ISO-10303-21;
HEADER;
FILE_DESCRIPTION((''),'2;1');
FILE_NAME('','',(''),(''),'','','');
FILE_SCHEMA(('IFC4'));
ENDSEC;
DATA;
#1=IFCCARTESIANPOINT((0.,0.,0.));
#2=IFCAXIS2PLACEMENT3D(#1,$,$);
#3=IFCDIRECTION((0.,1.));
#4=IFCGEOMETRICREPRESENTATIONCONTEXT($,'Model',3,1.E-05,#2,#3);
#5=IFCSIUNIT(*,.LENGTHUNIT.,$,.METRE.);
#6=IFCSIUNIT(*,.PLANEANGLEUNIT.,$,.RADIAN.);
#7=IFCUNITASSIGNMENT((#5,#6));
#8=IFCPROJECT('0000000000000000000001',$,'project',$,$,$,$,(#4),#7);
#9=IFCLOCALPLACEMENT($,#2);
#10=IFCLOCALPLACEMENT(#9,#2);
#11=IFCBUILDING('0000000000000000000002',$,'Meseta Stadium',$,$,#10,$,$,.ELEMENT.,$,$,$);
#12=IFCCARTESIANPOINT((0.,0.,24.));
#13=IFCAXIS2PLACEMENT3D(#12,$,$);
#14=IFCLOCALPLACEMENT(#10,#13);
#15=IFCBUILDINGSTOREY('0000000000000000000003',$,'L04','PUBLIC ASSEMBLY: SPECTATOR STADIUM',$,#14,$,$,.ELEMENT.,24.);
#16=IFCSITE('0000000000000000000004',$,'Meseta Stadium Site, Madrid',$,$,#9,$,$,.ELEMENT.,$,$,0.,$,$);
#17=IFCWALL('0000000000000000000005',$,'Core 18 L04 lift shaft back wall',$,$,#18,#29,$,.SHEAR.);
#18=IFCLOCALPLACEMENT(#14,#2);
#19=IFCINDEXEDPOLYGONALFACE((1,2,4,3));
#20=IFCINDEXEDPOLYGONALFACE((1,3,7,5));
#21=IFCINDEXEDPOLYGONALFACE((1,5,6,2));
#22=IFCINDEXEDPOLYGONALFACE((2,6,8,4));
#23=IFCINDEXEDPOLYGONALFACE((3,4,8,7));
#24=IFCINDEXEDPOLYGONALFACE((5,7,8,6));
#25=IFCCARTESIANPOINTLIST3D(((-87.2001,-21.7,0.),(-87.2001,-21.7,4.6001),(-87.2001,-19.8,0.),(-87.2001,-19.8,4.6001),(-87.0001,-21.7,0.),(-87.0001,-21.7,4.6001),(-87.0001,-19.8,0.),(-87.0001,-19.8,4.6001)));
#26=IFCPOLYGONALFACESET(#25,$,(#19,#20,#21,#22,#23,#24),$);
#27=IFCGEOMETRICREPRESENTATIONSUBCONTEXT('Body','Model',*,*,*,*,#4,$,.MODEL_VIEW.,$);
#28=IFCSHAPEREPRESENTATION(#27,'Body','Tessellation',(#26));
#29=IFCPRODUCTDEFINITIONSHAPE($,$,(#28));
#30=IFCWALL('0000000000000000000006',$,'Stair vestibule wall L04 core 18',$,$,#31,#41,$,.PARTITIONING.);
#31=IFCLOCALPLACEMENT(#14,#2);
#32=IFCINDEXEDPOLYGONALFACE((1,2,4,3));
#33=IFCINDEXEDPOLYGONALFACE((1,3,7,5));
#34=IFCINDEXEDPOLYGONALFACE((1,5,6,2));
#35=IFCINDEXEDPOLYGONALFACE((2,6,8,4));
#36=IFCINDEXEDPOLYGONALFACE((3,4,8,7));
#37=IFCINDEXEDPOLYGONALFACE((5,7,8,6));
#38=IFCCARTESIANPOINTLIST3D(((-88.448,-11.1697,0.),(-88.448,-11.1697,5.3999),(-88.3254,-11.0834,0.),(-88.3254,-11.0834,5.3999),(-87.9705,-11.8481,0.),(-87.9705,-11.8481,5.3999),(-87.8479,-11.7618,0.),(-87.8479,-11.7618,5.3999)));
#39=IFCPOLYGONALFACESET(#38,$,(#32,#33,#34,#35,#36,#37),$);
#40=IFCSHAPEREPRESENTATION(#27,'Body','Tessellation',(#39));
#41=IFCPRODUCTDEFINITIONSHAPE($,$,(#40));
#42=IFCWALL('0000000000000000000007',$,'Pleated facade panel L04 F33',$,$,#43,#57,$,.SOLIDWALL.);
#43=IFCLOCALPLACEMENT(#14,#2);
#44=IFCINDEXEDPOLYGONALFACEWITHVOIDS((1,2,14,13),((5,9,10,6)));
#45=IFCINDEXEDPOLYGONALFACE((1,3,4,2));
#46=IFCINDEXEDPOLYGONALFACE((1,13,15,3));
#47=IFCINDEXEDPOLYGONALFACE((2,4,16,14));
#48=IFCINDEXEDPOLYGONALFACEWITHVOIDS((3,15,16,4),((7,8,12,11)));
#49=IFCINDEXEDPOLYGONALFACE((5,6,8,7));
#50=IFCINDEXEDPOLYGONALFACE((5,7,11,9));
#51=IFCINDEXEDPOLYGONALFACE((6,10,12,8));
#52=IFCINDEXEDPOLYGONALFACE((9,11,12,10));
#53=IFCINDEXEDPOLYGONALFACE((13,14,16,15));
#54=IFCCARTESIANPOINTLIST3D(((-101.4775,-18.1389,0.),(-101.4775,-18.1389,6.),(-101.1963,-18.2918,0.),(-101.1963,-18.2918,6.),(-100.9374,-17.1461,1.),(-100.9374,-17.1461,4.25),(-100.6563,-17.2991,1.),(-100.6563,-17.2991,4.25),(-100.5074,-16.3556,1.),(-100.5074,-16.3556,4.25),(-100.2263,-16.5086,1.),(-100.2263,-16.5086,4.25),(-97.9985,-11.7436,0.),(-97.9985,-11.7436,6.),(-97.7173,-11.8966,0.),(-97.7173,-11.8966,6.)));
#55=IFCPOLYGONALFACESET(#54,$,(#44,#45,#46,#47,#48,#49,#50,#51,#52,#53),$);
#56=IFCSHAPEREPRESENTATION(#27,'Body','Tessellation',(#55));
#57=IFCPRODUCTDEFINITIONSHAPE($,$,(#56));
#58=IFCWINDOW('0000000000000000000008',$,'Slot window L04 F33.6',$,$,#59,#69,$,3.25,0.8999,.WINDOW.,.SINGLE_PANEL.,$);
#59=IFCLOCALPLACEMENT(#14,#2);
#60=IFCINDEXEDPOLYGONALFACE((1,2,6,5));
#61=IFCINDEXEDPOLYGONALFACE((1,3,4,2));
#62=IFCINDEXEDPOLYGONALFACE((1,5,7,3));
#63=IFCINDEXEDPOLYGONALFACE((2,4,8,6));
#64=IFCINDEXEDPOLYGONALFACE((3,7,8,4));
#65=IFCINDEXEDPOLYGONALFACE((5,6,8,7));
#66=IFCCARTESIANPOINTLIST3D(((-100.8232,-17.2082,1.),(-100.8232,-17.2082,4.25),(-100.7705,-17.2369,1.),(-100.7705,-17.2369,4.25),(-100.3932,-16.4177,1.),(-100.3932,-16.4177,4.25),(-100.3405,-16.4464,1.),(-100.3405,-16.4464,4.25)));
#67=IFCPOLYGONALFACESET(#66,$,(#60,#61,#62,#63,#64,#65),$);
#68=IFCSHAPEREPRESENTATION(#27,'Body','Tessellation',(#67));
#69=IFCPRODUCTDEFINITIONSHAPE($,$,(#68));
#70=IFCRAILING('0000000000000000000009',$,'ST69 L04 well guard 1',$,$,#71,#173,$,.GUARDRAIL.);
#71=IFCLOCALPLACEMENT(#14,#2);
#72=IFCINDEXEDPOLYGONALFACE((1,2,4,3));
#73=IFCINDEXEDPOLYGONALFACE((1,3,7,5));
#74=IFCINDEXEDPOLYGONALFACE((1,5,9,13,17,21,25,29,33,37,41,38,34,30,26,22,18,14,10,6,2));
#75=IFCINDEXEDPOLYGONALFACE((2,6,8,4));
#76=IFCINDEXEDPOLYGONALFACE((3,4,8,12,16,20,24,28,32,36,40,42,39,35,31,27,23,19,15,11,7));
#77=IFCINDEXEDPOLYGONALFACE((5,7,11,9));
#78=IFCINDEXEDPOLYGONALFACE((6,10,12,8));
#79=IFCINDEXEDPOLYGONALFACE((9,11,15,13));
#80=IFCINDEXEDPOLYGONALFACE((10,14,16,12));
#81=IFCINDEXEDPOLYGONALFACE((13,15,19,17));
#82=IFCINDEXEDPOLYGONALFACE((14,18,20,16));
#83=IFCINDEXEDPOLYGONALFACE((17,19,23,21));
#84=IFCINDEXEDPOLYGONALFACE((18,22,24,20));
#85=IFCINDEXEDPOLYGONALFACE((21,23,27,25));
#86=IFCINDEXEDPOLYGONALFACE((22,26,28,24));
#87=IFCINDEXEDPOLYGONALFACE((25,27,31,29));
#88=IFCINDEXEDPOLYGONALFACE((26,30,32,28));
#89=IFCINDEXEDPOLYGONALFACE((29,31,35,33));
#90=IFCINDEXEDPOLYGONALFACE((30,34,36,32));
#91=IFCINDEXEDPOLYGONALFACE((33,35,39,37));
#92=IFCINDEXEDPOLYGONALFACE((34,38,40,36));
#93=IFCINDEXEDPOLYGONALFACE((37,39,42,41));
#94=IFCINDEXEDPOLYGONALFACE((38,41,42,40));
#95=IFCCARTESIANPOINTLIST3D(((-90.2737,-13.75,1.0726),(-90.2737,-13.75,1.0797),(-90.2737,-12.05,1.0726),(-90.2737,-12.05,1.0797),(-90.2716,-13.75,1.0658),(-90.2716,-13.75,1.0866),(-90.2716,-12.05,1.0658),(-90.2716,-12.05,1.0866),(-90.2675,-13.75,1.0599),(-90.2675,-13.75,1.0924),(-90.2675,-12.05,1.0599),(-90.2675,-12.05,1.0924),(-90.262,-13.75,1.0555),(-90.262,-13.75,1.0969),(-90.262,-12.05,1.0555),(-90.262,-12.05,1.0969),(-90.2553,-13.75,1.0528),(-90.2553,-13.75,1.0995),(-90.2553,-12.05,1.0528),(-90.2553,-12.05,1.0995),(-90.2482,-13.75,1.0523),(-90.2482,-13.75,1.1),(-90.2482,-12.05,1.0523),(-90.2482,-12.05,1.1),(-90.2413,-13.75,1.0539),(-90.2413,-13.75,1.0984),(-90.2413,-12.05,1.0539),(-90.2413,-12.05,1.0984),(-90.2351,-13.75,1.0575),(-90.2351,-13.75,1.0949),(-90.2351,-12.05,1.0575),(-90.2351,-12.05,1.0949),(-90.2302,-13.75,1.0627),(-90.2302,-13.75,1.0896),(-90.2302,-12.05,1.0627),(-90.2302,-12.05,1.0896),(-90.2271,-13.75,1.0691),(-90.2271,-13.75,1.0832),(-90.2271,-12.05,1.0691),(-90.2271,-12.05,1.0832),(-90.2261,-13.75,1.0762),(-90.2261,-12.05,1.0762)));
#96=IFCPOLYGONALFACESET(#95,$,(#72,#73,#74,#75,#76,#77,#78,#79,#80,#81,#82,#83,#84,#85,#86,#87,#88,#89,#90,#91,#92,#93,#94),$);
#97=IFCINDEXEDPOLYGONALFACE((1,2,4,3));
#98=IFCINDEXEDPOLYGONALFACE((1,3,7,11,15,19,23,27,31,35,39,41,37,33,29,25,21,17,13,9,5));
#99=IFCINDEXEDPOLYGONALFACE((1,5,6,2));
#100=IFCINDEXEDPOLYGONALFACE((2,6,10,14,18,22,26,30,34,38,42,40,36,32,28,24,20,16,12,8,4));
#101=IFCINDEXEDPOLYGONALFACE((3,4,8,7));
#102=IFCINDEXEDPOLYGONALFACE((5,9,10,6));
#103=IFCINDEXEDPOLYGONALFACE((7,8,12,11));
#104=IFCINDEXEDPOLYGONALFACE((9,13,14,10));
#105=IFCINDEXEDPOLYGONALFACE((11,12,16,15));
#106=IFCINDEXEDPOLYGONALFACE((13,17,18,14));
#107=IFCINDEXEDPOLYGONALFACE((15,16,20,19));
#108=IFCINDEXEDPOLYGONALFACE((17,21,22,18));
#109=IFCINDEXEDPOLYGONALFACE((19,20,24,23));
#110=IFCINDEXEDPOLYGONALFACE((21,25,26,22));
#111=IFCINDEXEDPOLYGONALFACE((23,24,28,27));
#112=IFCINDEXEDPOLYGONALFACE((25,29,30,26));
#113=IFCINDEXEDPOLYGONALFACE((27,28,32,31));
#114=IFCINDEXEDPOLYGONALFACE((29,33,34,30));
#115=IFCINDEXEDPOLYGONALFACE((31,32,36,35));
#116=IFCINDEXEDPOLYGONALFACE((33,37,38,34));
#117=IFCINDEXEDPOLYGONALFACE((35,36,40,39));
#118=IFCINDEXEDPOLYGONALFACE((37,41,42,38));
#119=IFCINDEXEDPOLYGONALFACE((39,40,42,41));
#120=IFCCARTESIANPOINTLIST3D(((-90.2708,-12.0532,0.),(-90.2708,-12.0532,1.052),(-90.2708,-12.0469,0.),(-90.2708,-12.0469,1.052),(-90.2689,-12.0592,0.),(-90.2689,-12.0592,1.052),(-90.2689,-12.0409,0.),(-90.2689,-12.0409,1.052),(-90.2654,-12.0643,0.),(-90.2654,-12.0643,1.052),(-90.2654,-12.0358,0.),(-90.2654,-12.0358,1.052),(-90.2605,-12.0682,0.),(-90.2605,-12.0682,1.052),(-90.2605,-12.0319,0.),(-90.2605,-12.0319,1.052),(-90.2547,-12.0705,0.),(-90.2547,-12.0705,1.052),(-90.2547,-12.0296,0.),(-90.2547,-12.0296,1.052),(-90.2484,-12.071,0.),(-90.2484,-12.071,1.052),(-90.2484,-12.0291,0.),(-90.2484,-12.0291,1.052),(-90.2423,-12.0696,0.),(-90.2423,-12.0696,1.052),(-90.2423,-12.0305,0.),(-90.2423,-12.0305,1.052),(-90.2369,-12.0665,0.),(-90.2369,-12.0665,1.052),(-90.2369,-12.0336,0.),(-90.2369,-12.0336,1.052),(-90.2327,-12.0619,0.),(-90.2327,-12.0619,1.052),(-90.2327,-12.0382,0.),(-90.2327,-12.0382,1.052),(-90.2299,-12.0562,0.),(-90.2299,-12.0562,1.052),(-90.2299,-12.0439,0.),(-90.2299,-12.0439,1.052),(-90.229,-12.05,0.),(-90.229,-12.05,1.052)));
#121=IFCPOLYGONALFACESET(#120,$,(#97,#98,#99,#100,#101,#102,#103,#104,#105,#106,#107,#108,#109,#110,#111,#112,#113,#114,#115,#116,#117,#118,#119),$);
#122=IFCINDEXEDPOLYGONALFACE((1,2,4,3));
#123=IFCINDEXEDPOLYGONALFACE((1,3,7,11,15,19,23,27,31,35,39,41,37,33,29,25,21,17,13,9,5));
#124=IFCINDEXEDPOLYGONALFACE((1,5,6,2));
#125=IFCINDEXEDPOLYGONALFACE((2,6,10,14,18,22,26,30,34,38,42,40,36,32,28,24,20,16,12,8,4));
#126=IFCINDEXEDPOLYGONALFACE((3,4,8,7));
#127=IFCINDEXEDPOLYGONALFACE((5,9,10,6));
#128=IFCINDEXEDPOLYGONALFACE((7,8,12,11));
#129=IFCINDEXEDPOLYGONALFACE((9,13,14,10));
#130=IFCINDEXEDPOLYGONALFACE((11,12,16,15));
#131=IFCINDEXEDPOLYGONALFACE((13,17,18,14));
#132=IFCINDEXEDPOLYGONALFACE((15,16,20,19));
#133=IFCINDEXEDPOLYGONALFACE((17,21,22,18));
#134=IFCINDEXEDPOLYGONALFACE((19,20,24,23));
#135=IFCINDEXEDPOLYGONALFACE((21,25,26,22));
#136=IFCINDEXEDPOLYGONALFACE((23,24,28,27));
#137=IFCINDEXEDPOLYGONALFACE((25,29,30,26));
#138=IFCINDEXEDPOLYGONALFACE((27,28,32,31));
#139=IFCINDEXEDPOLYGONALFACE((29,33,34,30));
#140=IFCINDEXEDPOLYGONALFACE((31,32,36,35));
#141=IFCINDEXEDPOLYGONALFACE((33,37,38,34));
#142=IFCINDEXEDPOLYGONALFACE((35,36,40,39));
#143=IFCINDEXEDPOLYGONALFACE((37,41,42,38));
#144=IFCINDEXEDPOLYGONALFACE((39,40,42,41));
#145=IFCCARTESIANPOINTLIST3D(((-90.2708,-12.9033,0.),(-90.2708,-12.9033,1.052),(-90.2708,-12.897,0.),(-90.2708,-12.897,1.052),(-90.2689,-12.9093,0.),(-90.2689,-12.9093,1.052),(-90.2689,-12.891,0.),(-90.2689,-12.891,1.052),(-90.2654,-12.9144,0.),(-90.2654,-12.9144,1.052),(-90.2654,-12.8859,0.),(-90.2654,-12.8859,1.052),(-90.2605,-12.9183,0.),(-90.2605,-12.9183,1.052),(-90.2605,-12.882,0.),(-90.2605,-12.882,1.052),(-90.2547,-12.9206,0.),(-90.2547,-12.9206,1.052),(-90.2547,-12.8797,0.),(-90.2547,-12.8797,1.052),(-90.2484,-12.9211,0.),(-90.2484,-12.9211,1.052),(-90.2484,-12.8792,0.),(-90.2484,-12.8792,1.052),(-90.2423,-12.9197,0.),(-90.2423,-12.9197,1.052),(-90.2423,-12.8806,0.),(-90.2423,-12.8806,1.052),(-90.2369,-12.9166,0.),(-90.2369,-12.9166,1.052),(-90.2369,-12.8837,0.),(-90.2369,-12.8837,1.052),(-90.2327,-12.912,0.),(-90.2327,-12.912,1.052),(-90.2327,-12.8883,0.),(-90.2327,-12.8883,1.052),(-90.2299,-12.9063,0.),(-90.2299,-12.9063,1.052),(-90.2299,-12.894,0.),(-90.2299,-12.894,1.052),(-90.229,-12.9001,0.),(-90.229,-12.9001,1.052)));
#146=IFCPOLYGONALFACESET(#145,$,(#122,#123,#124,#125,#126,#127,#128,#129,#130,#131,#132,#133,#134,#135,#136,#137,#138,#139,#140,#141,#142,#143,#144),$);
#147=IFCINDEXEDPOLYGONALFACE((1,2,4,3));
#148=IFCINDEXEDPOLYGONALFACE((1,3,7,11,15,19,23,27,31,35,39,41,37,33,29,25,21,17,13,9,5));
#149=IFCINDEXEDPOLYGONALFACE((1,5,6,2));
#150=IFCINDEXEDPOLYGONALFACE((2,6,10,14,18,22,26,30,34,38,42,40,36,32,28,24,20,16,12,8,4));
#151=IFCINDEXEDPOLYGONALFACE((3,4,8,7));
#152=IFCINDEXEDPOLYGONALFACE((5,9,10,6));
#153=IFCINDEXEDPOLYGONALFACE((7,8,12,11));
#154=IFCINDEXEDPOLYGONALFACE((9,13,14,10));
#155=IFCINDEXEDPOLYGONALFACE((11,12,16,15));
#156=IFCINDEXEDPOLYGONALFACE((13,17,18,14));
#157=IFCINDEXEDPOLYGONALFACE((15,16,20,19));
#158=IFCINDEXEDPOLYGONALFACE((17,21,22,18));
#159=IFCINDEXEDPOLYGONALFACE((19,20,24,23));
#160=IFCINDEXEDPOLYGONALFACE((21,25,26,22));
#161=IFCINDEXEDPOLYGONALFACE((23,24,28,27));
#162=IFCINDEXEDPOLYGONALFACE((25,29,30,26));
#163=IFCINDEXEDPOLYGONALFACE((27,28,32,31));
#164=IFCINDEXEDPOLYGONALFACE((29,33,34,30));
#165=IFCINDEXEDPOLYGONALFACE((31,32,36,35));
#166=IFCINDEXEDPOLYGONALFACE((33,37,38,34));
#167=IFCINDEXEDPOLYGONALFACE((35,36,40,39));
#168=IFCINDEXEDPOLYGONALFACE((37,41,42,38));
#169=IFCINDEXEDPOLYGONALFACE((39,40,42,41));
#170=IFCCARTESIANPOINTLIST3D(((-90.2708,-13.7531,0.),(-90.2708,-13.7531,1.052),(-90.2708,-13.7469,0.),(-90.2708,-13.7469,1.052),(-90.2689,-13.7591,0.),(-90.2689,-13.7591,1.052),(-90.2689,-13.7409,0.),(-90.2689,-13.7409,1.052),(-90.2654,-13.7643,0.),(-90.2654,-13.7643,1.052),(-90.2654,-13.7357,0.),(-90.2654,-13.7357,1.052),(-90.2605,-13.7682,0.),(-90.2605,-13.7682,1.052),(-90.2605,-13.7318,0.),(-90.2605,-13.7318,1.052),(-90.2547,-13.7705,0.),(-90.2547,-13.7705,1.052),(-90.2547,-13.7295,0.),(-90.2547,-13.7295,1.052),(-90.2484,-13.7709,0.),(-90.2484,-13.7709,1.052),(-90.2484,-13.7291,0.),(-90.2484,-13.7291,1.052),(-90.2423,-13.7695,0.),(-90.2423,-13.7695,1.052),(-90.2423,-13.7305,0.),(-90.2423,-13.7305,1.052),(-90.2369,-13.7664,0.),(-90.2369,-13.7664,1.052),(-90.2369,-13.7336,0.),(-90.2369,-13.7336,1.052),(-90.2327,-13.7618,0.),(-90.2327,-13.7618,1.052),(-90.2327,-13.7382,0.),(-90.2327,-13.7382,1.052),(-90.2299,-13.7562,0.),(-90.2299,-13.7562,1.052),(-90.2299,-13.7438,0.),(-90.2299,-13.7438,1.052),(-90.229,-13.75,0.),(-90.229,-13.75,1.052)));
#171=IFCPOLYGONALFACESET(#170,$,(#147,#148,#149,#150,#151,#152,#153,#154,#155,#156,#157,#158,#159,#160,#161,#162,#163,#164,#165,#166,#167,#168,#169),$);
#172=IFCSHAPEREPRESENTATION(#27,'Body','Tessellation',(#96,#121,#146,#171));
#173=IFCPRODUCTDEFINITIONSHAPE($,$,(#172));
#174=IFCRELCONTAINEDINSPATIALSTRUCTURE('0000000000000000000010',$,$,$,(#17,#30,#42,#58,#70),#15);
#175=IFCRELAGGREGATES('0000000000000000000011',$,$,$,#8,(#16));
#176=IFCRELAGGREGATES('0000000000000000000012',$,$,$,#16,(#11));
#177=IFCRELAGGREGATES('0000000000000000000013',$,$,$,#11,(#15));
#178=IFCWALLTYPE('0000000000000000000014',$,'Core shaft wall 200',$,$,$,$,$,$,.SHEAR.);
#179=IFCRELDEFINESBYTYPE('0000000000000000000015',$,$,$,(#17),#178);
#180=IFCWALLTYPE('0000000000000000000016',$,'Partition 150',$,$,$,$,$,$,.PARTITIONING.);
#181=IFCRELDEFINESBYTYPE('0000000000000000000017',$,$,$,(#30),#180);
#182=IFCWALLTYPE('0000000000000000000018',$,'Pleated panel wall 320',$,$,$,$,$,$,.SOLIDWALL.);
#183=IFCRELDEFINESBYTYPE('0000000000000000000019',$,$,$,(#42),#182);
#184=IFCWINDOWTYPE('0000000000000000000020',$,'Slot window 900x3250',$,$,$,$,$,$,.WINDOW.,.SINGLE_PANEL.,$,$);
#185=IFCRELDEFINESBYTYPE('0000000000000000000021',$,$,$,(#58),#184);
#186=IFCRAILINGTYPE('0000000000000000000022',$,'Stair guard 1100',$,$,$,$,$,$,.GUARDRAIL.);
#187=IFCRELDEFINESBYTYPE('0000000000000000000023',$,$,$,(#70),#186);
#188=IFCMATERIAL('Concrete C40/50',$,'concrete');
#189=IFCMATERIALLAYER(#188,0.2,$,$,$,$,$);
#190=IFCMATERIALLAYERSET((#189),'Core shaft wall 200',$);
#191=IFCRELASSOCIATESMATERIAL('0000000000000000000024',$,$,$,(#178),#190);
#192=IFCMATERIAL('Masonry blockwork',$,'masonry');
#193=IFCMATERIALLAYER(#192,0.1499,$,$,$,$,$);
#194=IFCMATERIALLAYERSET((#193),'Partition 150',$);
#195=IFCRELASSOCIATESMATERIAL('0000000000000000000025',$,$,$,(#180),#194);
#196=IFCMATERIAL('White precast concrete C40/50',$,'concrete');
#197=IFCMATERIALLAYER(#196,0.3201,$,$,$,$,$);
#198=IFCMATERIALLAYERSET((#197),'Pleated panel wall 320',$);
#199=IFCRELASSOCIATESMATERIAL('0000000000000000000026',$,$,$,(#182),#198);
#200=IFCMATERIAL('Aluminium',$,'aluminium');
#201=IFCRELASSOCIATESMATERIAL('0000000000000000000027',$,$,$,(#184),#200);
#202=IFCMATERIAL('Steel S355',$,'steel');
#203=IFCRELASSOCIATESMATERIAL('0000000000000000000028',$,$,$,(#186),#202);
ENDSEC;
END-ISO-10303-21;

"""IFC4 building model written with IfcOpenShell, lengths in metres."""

from ifc_helpers import new_model, si_unit, direction, frame, frame_2d, origin, origin_2d, place, context, subcontext, project, spatial, rectangle, circle, extrude, material, layer, layer_set, type_object, element, fill, save


model = new_model("IFC4")

# Units and contexts
model_context = context("Model", 3, precision=1e-05, world=origin(), true_north=direction((0.0, 1.0)))
body_context = subcontext(model_context, "Body", "Model", "MODEL_VIEW")
ifc_project = project(units=[si_unit("LENGTHUNIT", "METRE"), si_unit("PLANEANGLEUNIT", "RADIAN")], contexts=[model_context])

# Site, building, storey
site_placement = place(None, origin())
site = spatial("IfcSite", under=ifc_project, at=site_placement, Name="Meseta Stadium Site, Madrid", CompositionType="ELEMENT", RefElevation=0.0)
building_placement = place(site_placement, origin())
building = spatial("IfcBuilding", under=site, at=building_placement, Name="Meseta Stadium", CompositionType="ELEMENT")
storey_placement = place(building_placement, frame((0.0, 0.0, 24.0)))
storey = spatial("IfcBuildingStorey", under=building, at=storey_placement, Name="L04", Description="PUBLIC ASSEMBLY: SPECTATOR STADIUM", CompositionType="ELEMENT", Elevation=24.0)

# Shared definitions
ifc_material_1 = material(Name="Concrete C40/50", Category="concrete")
ifc_layer_1 = layer(ifc_material_1, 0.2)
ifc_layer_set_1 = layer_set([ifc_layer_1], Name="Core shaft wall 200")
wall_type_1 = type_object("IfcWallType", Name="Core shaft wall 200", PredefinedType="SHEAR", material=ifc_layer_set_1)

# Walls
wall_1_placement = place(storey_placement, frame((-87.1001, -19.8, 0.0), z_axis=(0.0, 0.0, 1.0), x_axis=(0.0, -1.0, 0.0)))
element("IfcWall", 1, at=wall_1_placement, inside=storey, type_object=wall_type_1, Name="Core 18 L04 lift shaft back wall", PredefinedType="SHEAR", context=body_context, shape_type="SweptSolid", body=[
    extrude(rectangle(XDim=1.8999, YDim=0.2, at=frame_2d((0.95, 0.0))), origin(), (0.0, 0.0, 1.0), 4.6001),
])
ifc_material_2 = material(Name="Masonry blockwork", Category="masonry")
ifc_layer_2 = layer(ifc_material_2, 0.1499)
ifc_layer_set_2 = layer_set([ifc_layer_2], Name="Partition 150")
wall_type_2 = type_object("IfcWallType", Name="Partition 150", PredefinedType="PARTITIONING", material=ifc_layer_set_2)
wall_2_placement = place(storey_placement, frame((-87.9092, -11.8049, 0.0), z_axis=(0.0, 0.0, 1.0), x_axis=(-0.575574, 0.81775, 0.0)))
element("IfcWall", 2, at=wall_2_placement, inside=storey, type_object=wall_type_2, Name="Stair vestibule wall L04 core 18", PredefinedType="PARTITIONING", context=body_context, shape_type="SweptSolid", body=[
    extrude(rectangle(XDim=0.8296, YDim=0.1499, at=frame_2d((0.4148, 0.0))), origin(), (0.0, 0.0, 1.0), 5.3999),
])

# Wall, opening, window
ifc_material_3 = material(Name="White precast concrete C40/50", Category="concrete")
ifc_layer_3 = layer(ifc_material_3, 0.3201)
ifc_layer_set_3 = layer_set([ifc_layer_3], Name="Pleated panel wall 320")
wall_type_3 = type_object("IfcWallType", Name="Pleated panel wall 320", PredefinedType="SOLIDWALL", material=ifc_layer_set_3)
wall_3_placement = place(storey_placement, frame((-101.3369, -18.2153, 0.0), z_axis=(0.0, 0.0, 1.0), x_axis=(0.477865, 0.878433, 0.0)))
wall_3 = element("IfcWall", 3, at=wall_3_placement, inside=storey, type_object=wall_type_3, Name="Pleated facade panel L04 F33", PredefinedType="SOLIDWALL", context=body_context, shape_type="SweptSolid", body=[
    extrude(rectangle(XDim=7.2803, YDim=0.3201, at=frame_2d((3.6401, 0.0))), origin(), (0.0, 0.0, 1.0), 6.0),
])
opening_1_placement = place(wall_3_placement, frame((1.1301, 0.0, 1.0)))
opening_1 = element("IfcOpeningElement", 4, at=opening_1_placement, cuts=wall_3, PredefinedType="OPENING", context=body_context, shape_type="SweptSolid", body=[
    extrude(rectangle(XDim=0.8999, YDim=3.25, at=frame_2d((0.45, 1.625))), frame((0.0, 0.1699, 0.0), z_axis=(0.0, -1.0, 0.0), x_axis=(1.0, 0.0, 0.0)), (0.0, 0.0, 1.0), 0.3401),
])
ifc_material_4 = material(Name="Aluminium", Category="aluminium")
window_type = type_object("IfcWindowType", Name="Slot window 900x3250", PartitioningType="SINGLE_PANEL", PredefinedType="WINDOW", material=ifc_material_4)
window_placement = place(opening_1_placement, origin())
window = element("IfcWindow", 5, at=window_placement, inside=storey, type_object=window_type, Name="Slot window L04 F33.6", OverallHeight=3.25, OverallWidth=0.8999, PartitioningType="SINGLE_PANEL", PredefinedType="WINDOW", context=body_context, shape_type="SweptSolid", body=[
    extrude(rectangle(XDim=0.8999, YDim=3.25, at=frame_2d((0.45, 1.625))), frame((0.0, 0.03, 0.0), z_axis=(0.0, -1.0, 0.0), x_axis=(1.0, 0.0, 0.0)), (0.0, 0.0, 1.0), 0.0601),
])
fill(opening_1, window)

# Railing
ifc_material_5 = material(Name="Steel S355", Category="steel")
railing_type = type_object("IfcRailingType", Name="Stair guard 1100", PredefinedType="GUARDRAIL", material=ifc_material_5)
for number, where, name in (
    (6, (-90.25, -12.05, 0.0), "ST69 L04 well guard 1"),
):
    element("IfcRailing", number, at=place(storey_placement, frame(where)), inside=storey, type_object=railing_type, Name=name, PredefinedType="GUARDRAIL", context=body_context, shape_type="SweptSolid", body=[
        extrude(circle(Radius=0.0239, at=origin_2d()), frame((0.0, 0.0, 1.0762), z_axis=(0.0, -1.0, 0.0), x_axis=(1.0, 0.0, 0.0)), (0.0, 0.0, 1.0), 1.7),
        extrude(circle(Radius=0.021, at=origin_2d()), origin(), (0.0, 0.0, 1.0), 1.052),
        extrude(circle(Radius=0.021, at=origin_2d()), frame((0.0, -0.8501, 0.0)), (0.0, 0.0, 1.0), 1.052),
        extrude(circle(Radius=0.021, at=origin_2d()), frame((0.0, -1.7, 0.0)), (0.0, 0.0, 1.0), 1.052),
    ])

save(model, "model.ifc")
